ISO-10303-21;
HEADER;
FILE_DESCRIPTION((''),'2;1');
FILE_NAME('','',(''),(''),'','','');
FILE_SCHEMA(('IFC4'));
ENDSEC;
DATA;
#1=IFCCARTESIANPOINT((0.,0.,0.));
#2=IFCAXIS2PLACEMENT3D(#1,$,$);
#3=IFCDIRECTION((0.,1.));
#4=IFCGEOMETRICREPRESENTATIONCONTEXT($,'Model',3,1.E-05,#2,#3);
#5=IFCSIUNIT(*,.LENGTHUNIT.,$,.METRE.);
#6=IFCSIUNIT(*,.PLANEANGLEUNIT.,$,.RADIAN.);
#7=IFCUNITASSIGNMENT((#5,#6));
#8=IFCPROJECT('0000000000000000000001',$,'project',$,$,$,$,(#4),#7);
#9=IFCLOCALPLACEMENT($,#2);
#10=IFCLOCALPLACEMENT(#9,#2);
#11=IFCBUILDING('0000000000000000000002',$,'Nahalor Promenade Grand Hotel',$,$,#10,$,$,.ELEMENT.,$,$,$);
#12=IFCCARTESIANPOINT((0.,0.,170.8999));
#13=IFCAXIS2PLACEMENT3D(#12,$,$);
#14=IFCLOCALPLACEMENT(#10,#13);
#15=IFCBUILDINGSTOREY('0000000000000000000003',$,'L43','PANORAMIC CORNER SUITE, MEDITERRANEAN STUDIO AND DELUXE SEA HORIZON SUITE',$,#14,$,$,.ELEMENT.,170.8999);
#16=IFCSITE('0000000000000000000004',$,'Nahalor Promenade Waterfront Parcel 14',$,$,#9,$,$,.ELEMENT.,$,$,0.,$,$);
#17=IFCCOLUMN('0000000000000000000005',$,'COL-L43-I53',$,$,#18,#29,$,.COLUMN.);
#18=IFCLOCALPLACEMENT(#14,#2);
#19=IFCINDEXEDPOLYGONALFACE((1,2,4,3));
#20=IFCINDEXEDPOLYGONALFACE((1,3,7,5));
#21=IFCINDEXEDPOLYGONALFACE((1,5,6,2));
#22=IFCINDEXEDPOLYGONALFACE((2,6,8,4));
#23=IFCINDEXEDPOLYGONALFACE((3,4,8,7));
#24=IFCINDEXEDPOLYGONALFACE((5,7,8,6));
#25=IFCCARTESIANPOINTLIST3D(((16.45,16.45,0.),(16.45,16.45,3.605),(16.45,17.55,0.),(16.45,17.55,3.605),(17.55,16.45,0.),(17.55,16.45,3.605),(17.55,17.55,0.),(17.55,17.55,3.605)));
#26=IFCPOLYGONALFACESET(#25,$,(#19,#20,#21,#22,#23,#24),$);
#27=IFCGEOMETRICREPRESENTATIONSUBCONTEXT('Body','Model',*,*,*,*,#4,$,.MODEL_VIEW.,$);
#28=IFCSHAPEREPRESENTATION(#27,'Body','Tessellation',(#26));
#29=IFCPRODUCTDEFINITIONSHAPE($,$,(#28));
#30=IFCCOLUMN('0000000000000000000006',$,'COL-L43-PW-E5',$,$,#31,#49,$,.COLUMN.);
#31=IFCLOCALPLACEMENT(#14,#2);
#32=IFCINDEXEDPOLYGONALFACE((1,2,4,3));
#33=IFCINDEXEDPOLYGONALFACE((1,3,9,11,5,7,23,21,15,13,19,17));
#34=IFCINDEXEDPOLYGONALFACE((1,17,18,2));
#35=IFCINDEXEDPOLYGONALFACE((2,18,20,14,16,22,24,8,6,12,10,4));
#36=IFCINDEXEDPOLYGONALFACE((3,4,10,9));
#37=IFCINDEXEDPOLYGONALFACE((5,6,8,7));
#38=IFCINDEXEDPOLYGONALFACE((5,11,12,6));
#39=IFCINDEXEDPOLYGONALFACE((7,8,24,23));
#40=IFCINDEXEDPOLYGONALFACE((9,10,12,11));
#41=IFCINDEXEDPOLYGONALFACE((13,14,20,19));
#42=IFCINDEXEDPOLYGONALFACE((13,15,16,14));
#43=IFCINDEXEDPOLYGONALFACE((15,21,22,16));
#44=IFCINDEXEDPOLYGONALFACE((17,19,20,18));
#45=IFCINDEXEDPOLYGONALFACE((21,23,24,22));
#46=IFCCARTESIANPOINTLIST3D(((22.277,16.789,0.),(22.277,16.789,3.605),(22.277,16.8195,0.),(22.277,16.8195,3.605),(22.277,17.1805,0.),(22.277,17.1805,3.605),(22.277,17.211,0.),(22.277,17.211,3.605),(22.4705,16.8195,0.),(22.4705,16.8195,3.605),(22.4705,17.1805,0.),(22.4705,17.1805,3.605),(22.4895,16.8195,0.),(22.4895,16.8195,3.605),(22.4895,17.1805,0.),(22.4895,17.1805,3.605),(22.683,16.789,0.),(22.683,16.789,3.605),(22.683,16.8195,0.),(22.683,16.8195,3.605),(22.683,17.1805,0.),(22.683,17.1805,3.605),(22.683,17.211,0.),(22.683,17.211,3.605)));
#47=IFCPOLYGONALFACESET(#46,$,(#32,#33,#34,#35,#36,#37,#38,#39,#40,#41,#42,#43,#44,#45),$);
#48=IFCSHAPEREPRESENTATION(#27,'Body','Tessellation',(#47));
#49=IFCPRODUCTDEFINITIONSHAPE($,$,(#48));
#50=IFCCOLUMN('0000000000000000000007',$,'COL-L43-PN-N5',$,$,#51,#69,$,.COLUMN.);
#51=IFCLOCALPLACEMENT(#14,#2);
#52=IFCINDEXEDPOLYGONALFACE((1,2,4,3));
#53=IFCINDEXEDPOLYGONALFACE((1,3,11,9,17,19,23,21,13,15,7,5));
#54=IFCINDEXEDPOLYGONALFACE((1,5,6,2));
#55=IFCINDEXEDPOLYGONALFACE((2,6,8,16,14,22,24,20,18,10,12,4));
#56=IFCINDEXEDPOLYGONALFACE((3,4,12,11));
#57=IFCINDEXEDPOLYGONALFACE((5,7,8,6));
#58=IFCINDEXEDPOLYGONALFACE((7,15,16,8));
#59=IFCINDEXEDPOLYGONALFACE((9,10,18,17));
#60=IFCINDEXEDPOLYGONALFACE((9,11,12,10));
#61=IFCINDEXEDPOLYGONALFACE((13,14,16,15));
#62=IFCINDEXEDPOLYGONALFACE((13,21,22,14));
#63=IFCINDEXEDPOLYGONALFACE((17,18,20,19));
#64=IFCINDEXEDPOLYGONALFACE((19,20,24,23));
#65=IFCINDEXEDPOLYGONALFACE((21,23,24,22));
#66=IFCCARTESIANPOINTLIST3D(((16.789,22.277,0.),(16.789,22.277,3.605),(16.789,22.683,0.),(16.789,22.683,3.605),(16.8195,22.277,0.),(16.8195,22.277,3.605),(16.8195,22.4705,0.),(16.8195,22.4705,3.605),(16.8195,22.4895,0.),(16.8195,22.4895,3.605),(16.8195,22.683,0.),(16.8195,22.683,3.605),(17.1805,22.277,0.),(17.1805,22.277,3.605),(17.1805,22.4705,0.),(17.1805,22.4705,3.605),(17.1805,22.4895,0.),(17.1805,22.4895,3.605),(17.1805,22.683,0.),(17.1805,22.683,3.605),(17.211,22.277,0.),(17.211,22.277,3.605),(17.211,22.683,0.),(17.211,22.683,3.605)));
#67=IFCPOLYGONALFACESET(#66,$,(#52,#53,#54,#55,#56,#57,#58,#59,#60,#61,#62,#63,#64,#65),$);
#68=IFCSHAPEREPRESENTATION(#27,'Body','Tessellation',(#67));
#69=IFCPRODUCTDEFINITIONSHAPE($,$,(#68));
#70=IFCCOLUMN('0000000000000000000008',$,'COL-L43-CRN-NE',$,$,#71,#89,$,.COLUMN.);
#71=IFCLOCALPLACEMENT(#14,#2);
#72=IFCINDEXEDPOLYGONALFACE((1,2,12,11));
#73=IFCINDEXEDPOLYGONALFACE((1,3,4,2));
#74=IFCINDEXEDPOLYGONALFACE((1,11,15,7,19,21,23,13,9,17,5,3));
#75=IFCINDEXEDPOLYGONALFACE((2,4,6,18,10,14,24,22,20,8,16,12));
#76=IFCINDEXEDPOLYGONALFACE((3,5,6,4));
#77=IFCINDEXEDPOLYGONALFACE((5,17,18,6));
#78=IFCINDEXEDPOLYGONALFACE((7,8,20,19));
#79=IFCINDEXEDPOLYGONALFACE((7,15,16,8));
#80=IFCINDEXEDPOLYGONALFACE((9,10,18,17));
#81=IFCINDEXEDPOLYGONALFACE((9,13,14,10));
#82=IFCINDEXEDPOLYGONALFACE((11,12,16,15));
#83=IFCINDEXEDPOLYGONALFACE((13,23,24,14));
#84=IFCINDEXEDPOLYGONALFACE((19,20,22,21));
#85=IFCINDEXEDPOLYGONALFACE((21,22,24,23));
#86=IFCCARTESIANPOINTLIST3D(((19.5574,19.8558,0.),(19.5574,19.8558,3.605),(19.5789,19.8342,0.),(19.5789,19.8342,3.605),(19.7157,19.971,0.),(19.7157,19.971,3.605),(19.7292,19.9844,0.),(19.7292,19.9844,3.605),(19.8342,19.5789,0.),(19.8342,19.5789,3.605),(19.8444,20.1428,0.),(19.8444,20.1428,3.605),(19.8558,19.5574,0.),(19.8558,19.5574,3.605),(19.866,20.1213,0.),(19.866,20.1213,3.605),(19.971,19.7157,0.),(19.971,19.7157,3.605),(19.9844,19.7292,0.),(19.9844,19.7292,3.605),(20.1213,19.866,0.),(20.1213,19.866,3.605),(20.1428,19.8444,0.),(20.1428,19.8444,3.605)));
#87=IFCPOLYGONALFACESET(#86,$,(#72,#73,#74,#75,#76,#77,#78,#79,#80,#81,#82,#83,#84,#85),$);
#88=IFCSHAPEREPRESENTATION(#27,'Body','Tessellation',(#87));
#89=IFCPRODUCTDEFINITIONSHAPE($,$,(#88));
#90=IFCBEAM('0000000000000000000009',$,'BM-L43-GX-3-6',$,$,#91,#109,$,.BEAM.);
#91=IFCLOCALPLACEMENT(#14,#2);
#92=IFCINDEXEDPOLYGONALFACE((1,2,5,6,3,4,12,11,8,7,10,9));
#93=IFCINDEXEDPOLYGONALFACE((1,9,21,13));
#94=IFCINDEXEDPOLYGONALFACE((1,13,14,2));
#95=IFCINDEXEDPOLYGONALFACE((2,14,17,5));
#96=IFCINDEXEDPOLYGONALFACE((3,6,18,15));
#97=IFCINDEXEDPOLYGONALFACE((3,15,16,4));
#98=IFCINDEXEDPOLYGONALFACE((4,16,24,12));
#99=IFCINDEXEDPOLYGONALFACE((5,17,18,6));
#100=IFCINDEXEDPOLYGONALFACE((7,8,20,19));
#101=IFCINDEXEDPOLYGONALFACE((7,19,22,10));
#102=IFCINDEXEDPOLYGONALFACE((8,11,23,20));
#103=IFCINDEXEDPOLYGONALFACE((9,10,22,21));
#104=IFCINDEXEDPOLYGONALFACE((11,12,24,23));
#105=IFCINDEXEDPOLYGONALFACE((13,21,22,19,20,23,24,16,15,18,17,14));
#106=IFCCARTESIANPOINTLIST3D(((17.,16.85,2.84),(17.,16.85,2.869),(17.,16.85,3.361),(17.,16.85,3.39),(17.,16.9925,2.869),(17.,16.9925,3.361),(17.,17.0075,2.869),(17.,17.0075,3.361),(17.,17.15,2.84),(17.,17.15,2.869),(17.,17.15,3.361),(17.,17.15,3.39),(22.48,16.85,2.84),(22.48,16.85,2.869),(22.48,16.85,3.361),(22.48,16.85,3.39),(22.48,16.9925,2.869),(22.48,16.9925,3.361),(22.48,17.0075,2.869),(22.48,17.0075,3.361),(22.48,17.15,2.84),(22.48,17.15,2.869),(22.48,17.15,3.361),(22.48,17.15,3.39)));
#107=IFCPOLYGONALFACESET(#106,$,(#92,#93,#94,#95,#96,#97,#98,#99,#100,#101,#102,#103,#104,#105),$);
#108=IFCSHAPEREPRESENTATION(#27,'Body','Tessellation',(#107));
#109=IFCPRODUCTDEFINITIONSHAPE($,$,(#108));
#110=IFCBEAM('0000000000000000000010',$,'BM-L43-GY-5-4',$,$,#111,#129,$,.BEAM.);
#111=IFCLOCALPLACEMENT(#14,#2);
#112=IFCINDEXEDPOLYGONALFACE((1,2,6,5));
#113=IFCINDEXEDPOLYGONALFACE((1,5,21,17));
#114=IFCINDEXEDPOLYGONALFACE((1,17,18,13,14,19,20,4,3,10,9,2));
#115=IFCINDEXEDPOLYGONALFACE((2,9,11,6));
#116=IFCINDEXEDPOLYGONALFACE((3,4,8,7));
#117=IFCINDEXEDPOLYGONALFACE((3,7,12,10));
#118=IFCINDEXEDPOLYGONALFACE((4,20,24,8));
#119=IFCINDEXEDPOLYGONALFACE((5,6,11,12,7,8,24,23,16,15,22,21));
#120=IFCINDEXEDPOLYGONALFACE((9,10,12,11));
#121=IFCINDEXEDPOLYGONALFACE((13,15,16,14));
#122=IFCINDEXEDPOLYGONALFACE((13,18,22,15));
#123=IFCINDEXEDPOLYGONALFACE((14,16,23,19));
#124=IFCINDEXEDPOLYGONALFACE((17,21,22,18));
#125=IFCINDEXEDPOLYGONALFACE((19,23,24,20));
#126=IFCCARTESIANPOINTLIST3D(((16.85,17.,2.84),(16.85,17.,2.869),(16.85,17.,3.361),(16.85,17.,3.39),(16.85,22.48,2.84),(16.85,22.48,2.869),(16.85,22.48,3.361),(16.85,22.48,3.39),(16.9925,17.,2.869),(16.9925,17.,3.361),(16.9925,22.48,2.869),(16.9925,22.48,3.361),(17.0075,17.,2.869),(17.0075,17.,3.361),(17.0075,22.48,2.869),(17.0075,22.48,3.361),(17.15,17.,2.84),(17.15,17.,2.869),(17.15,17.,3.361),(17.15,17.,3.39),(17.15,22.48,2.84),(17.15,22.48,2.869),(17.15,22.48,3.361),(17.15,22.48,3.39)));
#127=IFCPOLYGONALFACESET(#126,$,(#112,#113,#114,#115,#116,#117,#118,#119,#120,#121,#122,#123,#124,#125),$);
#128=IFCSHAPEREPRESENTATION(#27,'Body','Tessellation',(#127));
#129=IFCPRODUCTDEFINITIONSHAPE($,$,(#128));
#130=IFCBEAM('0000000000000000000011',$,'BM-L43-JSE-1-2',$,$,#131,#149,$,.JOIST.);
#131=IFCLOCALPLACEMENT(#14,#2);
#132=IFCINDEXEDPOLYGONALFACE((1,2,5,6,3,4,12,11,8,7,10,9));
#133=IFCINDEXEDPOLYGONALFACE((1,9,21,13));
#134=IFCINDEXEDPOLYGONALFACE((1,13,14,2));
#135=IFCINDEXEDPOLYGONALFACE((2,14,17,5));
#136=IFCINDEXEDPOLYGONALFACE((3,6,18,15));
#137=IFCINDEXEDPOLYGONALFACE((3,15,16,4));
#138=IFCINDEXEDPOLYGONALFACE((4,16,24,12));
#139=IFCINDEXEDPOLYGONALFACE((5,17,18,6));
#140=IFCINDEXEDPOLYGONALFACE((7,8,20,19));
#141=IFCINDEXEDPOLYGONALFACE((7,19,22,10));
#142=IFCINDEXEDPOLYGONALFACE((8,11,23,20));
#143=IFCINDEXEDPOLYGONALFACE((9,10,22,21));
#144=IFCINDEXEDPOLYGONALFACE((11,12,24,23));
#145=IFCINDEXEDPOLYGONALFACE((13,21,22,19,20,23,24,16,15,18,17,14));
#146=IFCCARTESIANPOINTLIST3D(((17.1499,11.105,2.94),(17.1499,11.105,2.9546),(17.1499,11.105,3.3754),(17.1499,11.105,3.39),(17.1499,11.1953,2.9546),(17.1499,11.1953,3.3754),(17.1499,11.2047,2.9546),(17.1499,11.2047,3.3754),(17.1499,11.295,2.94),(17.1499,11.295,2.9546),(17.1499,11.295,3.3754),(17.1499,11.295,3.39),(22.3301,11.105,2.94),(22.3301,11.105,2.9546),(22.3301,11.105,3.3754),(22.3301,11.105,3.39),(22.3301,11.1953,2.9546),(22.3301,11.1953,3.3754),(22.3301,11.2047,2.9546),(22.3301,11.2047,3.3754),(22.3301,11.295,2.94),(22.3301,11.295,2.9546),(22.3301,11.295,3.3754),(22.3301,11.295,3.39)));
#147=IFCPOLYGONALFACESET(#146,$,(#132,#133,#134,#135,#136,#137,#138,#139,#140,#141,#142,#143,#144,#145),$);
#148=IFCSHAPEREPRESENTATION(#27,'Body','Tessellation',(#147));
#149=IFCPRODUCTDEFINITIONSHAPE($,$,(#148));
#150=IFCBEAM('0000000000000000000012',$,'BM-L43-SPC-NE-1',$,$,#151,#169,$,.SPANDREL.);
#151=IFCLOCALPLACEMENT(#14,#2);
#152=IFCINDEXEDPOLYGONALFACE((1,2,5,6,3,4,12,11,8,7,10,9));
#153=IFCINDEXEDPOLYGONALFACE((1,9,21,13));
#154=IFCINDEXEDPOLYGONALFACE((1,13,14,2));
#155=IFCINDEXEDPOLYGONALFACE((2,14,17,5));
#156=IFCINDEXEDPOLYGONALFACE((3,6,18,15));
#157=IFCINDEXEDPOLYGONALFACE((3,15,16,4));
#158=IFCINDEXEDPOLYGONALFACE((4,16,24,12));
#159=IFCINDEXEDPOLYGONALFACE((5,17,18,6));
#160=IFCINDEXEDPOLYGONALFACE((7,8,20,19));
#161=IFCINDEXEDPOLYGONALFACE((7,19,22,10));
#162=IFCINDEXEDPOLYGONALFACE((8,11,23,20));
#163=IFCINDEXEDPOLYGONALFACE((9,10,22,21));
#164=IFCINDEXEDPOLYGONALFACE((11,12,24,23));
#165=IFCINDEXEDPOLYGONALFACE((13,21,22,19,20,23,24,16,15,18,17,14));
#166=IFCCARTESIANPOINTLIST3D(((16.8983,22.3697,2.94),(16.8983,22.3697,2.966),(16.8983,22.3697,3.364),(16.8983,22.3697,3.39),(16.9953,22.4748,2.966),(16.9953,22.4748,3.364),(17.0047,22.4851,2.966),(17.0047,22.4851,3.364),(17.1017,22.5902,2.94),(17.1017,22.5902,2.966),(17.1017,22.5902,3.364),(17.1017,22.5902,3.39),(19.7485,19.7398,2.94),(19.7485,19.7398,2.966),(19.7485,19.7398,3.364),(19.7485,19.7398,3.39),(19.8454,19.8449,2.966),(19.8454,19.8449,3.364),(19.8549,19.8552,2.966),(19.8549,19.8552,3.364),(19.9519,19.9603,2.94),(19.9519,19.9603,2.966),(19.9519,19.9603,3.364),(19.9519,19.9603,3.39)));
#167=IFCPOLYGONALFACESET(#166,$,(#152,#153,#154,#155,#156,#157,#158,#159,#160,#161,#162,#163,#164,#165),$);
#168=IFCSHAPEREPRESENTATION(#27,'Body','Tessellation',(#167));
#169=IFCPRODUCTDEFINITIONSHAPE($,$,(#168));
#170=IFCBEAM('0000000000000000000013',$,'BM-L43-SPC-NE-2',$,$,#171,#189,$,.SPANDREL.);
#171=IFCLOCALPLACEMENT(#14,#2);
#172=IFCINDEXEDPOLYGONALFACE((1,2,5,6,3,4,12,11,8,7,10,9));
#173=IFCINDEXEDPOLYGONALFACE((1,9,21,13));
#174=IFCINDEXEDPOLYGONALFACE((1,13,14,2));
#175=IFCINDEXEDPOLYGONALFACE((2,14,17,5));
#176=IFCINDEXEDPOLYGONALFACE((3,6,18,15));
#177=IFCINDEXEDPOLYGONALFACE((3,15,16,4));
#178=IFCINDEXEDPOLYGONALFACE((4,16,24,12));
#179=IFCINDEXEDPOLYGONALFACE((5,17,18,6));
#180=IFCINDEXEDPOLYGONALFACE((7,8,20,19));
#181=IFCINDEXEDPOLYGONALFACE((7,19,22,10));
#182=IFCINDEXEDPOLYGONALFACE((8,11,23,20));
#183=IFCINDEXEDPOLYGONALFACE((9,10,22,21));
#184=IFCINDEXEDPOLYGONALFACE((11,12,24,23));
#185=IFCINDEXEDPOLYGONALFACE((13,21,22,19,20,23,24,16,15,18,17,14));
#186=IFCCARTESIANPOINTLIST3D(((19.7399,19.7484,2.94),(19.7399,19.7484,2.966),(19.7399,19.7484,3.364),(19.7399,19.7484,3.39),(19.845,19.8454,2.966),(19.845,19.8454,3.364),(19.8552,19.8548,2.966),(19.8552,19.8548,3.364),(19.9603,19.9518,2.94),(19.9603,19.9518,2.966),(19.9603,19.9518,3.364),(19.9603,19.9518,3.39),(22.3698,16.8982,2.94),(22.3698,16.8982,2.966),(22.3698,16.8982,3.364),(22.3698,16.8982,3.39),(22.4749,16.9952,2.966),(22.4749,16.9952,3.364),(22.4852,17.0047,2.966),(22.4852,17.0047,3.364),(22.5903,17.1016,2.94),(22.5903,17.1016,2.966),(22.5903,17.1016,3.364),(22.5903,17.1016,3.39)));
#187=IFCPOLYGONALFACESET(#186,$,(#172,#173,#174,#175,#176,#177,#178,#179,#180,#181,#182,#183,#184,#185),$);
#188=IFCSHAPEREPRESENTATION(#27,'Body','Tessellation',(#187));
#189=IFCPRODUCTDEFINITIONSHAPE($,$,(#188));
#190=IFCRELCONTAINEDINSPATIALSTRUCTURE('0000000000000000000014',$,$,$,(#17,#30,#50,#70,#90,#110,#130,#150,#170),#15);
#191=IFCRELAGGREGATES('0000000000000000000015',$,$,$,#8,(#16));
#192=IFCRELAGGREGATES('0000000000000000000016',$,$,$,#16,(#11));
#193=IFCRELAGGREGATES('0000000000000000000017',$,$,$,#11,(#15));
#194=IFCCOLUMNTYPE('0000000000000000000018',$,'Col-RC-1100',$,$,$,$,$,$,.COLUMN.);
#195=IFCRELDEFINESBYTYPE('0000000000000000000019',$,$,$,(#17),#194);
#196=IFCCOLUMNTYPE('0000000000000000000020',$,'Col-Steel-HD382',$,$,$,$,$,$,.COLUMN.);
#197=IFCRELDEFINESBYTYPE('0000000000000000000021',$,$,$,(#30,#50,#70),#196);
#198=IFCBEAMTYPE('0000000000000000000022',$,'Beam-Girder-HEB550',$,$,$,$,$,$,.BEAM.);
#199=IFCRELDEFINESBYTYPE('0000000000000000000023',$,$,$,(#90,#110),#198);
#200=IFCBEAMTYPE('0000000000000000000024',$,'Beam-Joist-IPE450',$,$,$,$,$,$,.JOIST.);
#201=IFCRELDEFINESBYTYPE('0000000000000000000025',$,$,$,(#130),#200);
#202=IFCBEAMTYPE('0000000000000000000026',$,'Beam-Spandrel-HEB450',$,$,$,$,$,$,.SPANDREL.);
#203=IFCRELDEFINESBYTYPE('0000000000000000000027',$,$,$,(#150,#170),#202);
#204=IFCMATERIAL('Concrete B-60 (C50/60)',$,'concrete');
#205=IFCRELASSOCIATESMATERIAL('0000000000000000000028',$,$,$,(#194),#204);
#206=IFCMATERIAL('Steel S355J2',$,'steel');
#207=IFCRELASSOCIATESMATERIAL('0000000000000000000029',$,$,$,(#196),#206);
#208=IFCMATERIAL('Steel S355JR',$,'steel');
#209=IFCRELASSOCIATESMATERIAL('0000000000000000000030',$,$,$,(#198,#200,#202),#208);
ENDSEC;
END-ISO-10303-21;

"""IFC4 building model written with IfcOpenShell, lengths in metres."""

from ifc_helpers import new_model, si_unit, direction, frame, origin, origin_2d, place, context, subcontext, project, spatial, rectangle, i_section, extrude, source, transform, mapped, material, material_profile, profile_set, type_object, element, save


model = new_model("IFC4")

# Units and contexts
model_context = context("Model", 3, precision=1e-05, world=origin(), true_north=direction((0.0, 1.0)))
body_context = subcontext(model_context, "Body", "Model", "MODEL_VIEW")
ifc_project = project(units=[si_unit("LENGTHUNIT", "METRE"), si_unit("PLANEANGLEUNIT", "RADIAN")], contexts=[model_context])

# Site, building, storey
site_placement = place(None, origin())
site = spatial("IfcSite", under=ifc_project, at=site_placement, Name="Nahalor Promenade Waterfront Parcel 14", CompositionType="ELEMENT", RefElevation=0.0)
building_placement = place(site_placement, origin())
building = spatial("IfcBuilding", under=site, at=building_placement, Name="Nahalor Promenade Grand Hotel", CompositionType="ELEMENT")
storey_placement = place(building_placement, frame((0.0, 0.0, 170.8999)))
storey = spatial("IfcBuildingStorey", under=building, at=storey_placement, Name="L43", Description="PANORAMIC CORNER SUITE, MEDITERRANEAN STUDIO AND DELUXE SEA HORIZON SUITE", CompositionType="ELEMENT", Elevation=170.8999)

# Columns
ifc_material_1 = material(Name="Concrete B-60 (C50/60)", Category="concrete")
ifc_material_profile_1 = material_profile(ifc_material_1, rectangle(XDim=1.1, YDim=1.1, at=origin_2d()), Name="RC 1100x1100")
ifc_profile_set_1 = profile_set([ifc_material_profile_1], Name="Concrete B-60 (C50/60)")
column_type_1 = type_object("IfcColumnType", Name="Col-RC-1100", PredefinedType="COLUMN", material=ifc_profile_set_1)
shared_shape_1 = source(origin(), body_context, "Body", "SweptSolid", [
    extrude(rectangle(XDim=1.1, YDim=1.1, at=origin_2d()), origin(), (0.0, 0.0, 1.0), 3.605),
])
column_placement = place(storey_placement, frame((17.0, 17.0, 0.0), z_axis=(0.0, 0.0, 1.0), x_axis=(1.0, 0.0, 0.0)))
element("IfcColumn", 1, at=column_placement, inside=storey, type_object=column_type_1, Name="COL-L43-I53", PredefinedType="COLUMN", context=body_context, shape_type="MappedRepresentation", body=[
    mapped(shared_shape_1, transform((0.0, 0.0, 0.0), scale=1.0)),
])
ifc_material_2 = material(Name="Steel S355J2", Category="steel")
ifc_material_profile_2 = material_profile(ifc_material_2, i_section(OverallWidth=0.406, OverallDepth=0.422, WebThickness=0.019, FlangeThickness=0.0305, at=origin_2d()), Name="HD 400x382")
ifc_profile_set_2 = profile_set([ifc_material_profile_2], Name="Steel S355J2")
column_type_2 = type_object("IfcColumnType", Name="Col-Steel-HD382", PredefinedType="COLUMN", material=ifc_profile_set_2)
shared_shape_2 = source(origin(), body_context, "Body", "SweptSolid", [
    extrude(i_section(OverallWidth=0.406, OverallDepth=0.422, WebThickness=0.019, FlangeThickness=0.0305, at=origin_2d()), origin(), (0.0, 0.0, 1.0), 3.605),
])
for number, where, z_axis, x_axis, name in (
    (2, (22.48, 17.0, 0.0), (0.0, 0.0, 1.0), (1.0, 0.0, 0.0), "COL-L43-PW-E5"),
    (3, (17.0, 22.48, 0.0), (0.0, 0.0, 1.0), (0.0, 1.0, 0.0), "COL-L43-PN-N5"),
    (4, (19.8501, 19.8501, 0.0), (0.0, 0.0, 1.0), (0.707107, 0.707107, 0.0), "COL-L43-CRN-NE"),
):
    element("IfcColumn", number, at=place(storey_placement, frame(where, z_axis=z_axis, x_axis=x_axis)), inside=storey, type_object=column_type_2, Name=name, PredefinedType="COLUMN", context=body_context, shape_type="MappedRepresentation", body=[
        mapped(shared_shape_2, transform((0.0, 0.0, 0.0), scale=1.0)),
    ])

# Beams
ifc_material_3 = material(Name="Steel S355JR", Category="steel")
ifc_material_profile_3 = material_profile(ifc_material_3, i_section(OverallWidth=0.3, OverallDepth=0.55, WebThickness=0.015, FlangeThickness=0.029, at=origin_2d()), Name="HEB 550")
ifc_profile_set_3 = profile_set([ifc_material_profile_3], Name="Steel S355JR")
beam_type_1 = type_object("IfcBeamType", Name="Beam-Girder-HEB550", PredefinedType="BEAM", material=ifc_profile_set_3)
shared_shape_3 = source(origin(), body_context, "Body", "SweptSolid", [
    extrude(i_section(OverallWidth=0.3, OverallDepth=0.55, WebThickness=0.015, FlangeThickness=0.029, at=origin_2d()), origin(), (0.0, 0.0, 1.0), 5.48),
])
for number, where, z_axis, x_axis, name in (
    (5, (17.0, 17.0, 3.115), (1.0, 0.0, 0.0), (0.0, 1.0, 0.0), "BM-L43-GX-3-6"),
    (6, (17.0, 17.0, 3.115), (0.0, 1.0, 0.0), (-1.0, 0.0, 0.0), "BM-L43-GY-5-4"),
):
    element("IfcBeam", number, at=place(storey_placement, frame(where, z_axis=z_axis, x_axis=x_axis)), inside=storey, type_object=beam_type_1, Name=name, PredefinedType="BEAM", context=body_context, shape_type="MappedRepresentation", body=[
        mapped(shared_shape_3, transform((0.0, 0.0, 0.0), scale=1.0)),
    ])
ifc_material_profile_4 = material_profile(ifc_material_3, i_section(OverallWidth=0.19, OverallDepth=0.45, WebThickness=0.0094, FlangeThickness=0.0146, at=origin_2d()), Name="IPE 450")
ifc_profile_set_4 = profile_set([ifc_material_profile_4], Name="Steel S355JR")
beam_type_2 = type_object("IfcBeamType", Name="Beam-Joist-IPE450", PredefinedType="JOIST", material=ifc_profile_set_4)
shared_shape_4 = source(origin(), body_context, "Body", "SweptSolid", [
    extrude(i_section(OverallWidth=0.19, OverallDepth=0.45, WebThickness=0.0094, FlangeThickness=0.0146, at=origin_2d()), origin(), (0.0, 0.0, 1.0), 5.1802),
])
beam_placement = place(storey_placement, frame((17.1499, 11.2, 3.165), z_axis=(1.0, 0.0, 0.0), x_axis=(0.0, 1.0, 0.0)))
element("IfcBeam", 7, at=beam_placement, inside=storey, type_object=beam_type_2, Name="BM-L43-JSE-1-2", PredefinedType="JOIST", context=body_context, shape_type="MappedRepresentation", body=[
    mapped(shared_shape_4, transform((0.0, 0.0, 0.0), scale=1.0)),
])
ifc_material_profile_5 = material_profile(ifc_material_3, i_section(OverallWidth=0.3, OverallDepth=0.45, WebThickness=0.014, FlangeThickness=0.026, at=origin_2d()), Name="HEB 450")
ifc_profile_set_5 = profile_set([ifc_material_profile_5], Name="Steel S355JR")
beam_type_3 = type_object("IfcBeamType", Name="Beam-Spandrel-HEB450", PredefinedType="SPANDREL", material=ifc_profile_set_5)
shared_shape_5 = source(origin(), body_context, "Body", "SweptSolid", [
    extrude(i_section(OverallWidth=0.3, OverallDepth=0.45, WebThickness=0.014, FlangeThickness=0.026, at=origin_2d()), origin(), (0.0, 0.0, 1.0), 3.8782),
])
for number, where, z_axis, x_axis, name in (
    (8, (17.0, 22.48, 3.165), (0.734929, -0.678144, 0.0), (0.678144, 0.734929, 0.0), "BM-L43-SPC-NE-1"),
    (9, (19.8501, 19.8501, 3.165), (0.678144, -0.734929, 0.0), (0.734929, 0.678144, 0.0), "BM-L43-SPC-NE-2"),
):
    element("IfcBeam", number, at=place(storey_placement, frame(where, z_axis=z_axis, x_axis=x_axis)), inside=storey, type_object=beam_type_3, Name=name, PredefinedType="SPANDREL", context=body_context, shape_type="MappedRepresentation", body=[
        mapped(shared_shape_5, transform((0.0, 0.0, 0.0), scale=1.0)),
    ])

save(model, "model.ifc")
